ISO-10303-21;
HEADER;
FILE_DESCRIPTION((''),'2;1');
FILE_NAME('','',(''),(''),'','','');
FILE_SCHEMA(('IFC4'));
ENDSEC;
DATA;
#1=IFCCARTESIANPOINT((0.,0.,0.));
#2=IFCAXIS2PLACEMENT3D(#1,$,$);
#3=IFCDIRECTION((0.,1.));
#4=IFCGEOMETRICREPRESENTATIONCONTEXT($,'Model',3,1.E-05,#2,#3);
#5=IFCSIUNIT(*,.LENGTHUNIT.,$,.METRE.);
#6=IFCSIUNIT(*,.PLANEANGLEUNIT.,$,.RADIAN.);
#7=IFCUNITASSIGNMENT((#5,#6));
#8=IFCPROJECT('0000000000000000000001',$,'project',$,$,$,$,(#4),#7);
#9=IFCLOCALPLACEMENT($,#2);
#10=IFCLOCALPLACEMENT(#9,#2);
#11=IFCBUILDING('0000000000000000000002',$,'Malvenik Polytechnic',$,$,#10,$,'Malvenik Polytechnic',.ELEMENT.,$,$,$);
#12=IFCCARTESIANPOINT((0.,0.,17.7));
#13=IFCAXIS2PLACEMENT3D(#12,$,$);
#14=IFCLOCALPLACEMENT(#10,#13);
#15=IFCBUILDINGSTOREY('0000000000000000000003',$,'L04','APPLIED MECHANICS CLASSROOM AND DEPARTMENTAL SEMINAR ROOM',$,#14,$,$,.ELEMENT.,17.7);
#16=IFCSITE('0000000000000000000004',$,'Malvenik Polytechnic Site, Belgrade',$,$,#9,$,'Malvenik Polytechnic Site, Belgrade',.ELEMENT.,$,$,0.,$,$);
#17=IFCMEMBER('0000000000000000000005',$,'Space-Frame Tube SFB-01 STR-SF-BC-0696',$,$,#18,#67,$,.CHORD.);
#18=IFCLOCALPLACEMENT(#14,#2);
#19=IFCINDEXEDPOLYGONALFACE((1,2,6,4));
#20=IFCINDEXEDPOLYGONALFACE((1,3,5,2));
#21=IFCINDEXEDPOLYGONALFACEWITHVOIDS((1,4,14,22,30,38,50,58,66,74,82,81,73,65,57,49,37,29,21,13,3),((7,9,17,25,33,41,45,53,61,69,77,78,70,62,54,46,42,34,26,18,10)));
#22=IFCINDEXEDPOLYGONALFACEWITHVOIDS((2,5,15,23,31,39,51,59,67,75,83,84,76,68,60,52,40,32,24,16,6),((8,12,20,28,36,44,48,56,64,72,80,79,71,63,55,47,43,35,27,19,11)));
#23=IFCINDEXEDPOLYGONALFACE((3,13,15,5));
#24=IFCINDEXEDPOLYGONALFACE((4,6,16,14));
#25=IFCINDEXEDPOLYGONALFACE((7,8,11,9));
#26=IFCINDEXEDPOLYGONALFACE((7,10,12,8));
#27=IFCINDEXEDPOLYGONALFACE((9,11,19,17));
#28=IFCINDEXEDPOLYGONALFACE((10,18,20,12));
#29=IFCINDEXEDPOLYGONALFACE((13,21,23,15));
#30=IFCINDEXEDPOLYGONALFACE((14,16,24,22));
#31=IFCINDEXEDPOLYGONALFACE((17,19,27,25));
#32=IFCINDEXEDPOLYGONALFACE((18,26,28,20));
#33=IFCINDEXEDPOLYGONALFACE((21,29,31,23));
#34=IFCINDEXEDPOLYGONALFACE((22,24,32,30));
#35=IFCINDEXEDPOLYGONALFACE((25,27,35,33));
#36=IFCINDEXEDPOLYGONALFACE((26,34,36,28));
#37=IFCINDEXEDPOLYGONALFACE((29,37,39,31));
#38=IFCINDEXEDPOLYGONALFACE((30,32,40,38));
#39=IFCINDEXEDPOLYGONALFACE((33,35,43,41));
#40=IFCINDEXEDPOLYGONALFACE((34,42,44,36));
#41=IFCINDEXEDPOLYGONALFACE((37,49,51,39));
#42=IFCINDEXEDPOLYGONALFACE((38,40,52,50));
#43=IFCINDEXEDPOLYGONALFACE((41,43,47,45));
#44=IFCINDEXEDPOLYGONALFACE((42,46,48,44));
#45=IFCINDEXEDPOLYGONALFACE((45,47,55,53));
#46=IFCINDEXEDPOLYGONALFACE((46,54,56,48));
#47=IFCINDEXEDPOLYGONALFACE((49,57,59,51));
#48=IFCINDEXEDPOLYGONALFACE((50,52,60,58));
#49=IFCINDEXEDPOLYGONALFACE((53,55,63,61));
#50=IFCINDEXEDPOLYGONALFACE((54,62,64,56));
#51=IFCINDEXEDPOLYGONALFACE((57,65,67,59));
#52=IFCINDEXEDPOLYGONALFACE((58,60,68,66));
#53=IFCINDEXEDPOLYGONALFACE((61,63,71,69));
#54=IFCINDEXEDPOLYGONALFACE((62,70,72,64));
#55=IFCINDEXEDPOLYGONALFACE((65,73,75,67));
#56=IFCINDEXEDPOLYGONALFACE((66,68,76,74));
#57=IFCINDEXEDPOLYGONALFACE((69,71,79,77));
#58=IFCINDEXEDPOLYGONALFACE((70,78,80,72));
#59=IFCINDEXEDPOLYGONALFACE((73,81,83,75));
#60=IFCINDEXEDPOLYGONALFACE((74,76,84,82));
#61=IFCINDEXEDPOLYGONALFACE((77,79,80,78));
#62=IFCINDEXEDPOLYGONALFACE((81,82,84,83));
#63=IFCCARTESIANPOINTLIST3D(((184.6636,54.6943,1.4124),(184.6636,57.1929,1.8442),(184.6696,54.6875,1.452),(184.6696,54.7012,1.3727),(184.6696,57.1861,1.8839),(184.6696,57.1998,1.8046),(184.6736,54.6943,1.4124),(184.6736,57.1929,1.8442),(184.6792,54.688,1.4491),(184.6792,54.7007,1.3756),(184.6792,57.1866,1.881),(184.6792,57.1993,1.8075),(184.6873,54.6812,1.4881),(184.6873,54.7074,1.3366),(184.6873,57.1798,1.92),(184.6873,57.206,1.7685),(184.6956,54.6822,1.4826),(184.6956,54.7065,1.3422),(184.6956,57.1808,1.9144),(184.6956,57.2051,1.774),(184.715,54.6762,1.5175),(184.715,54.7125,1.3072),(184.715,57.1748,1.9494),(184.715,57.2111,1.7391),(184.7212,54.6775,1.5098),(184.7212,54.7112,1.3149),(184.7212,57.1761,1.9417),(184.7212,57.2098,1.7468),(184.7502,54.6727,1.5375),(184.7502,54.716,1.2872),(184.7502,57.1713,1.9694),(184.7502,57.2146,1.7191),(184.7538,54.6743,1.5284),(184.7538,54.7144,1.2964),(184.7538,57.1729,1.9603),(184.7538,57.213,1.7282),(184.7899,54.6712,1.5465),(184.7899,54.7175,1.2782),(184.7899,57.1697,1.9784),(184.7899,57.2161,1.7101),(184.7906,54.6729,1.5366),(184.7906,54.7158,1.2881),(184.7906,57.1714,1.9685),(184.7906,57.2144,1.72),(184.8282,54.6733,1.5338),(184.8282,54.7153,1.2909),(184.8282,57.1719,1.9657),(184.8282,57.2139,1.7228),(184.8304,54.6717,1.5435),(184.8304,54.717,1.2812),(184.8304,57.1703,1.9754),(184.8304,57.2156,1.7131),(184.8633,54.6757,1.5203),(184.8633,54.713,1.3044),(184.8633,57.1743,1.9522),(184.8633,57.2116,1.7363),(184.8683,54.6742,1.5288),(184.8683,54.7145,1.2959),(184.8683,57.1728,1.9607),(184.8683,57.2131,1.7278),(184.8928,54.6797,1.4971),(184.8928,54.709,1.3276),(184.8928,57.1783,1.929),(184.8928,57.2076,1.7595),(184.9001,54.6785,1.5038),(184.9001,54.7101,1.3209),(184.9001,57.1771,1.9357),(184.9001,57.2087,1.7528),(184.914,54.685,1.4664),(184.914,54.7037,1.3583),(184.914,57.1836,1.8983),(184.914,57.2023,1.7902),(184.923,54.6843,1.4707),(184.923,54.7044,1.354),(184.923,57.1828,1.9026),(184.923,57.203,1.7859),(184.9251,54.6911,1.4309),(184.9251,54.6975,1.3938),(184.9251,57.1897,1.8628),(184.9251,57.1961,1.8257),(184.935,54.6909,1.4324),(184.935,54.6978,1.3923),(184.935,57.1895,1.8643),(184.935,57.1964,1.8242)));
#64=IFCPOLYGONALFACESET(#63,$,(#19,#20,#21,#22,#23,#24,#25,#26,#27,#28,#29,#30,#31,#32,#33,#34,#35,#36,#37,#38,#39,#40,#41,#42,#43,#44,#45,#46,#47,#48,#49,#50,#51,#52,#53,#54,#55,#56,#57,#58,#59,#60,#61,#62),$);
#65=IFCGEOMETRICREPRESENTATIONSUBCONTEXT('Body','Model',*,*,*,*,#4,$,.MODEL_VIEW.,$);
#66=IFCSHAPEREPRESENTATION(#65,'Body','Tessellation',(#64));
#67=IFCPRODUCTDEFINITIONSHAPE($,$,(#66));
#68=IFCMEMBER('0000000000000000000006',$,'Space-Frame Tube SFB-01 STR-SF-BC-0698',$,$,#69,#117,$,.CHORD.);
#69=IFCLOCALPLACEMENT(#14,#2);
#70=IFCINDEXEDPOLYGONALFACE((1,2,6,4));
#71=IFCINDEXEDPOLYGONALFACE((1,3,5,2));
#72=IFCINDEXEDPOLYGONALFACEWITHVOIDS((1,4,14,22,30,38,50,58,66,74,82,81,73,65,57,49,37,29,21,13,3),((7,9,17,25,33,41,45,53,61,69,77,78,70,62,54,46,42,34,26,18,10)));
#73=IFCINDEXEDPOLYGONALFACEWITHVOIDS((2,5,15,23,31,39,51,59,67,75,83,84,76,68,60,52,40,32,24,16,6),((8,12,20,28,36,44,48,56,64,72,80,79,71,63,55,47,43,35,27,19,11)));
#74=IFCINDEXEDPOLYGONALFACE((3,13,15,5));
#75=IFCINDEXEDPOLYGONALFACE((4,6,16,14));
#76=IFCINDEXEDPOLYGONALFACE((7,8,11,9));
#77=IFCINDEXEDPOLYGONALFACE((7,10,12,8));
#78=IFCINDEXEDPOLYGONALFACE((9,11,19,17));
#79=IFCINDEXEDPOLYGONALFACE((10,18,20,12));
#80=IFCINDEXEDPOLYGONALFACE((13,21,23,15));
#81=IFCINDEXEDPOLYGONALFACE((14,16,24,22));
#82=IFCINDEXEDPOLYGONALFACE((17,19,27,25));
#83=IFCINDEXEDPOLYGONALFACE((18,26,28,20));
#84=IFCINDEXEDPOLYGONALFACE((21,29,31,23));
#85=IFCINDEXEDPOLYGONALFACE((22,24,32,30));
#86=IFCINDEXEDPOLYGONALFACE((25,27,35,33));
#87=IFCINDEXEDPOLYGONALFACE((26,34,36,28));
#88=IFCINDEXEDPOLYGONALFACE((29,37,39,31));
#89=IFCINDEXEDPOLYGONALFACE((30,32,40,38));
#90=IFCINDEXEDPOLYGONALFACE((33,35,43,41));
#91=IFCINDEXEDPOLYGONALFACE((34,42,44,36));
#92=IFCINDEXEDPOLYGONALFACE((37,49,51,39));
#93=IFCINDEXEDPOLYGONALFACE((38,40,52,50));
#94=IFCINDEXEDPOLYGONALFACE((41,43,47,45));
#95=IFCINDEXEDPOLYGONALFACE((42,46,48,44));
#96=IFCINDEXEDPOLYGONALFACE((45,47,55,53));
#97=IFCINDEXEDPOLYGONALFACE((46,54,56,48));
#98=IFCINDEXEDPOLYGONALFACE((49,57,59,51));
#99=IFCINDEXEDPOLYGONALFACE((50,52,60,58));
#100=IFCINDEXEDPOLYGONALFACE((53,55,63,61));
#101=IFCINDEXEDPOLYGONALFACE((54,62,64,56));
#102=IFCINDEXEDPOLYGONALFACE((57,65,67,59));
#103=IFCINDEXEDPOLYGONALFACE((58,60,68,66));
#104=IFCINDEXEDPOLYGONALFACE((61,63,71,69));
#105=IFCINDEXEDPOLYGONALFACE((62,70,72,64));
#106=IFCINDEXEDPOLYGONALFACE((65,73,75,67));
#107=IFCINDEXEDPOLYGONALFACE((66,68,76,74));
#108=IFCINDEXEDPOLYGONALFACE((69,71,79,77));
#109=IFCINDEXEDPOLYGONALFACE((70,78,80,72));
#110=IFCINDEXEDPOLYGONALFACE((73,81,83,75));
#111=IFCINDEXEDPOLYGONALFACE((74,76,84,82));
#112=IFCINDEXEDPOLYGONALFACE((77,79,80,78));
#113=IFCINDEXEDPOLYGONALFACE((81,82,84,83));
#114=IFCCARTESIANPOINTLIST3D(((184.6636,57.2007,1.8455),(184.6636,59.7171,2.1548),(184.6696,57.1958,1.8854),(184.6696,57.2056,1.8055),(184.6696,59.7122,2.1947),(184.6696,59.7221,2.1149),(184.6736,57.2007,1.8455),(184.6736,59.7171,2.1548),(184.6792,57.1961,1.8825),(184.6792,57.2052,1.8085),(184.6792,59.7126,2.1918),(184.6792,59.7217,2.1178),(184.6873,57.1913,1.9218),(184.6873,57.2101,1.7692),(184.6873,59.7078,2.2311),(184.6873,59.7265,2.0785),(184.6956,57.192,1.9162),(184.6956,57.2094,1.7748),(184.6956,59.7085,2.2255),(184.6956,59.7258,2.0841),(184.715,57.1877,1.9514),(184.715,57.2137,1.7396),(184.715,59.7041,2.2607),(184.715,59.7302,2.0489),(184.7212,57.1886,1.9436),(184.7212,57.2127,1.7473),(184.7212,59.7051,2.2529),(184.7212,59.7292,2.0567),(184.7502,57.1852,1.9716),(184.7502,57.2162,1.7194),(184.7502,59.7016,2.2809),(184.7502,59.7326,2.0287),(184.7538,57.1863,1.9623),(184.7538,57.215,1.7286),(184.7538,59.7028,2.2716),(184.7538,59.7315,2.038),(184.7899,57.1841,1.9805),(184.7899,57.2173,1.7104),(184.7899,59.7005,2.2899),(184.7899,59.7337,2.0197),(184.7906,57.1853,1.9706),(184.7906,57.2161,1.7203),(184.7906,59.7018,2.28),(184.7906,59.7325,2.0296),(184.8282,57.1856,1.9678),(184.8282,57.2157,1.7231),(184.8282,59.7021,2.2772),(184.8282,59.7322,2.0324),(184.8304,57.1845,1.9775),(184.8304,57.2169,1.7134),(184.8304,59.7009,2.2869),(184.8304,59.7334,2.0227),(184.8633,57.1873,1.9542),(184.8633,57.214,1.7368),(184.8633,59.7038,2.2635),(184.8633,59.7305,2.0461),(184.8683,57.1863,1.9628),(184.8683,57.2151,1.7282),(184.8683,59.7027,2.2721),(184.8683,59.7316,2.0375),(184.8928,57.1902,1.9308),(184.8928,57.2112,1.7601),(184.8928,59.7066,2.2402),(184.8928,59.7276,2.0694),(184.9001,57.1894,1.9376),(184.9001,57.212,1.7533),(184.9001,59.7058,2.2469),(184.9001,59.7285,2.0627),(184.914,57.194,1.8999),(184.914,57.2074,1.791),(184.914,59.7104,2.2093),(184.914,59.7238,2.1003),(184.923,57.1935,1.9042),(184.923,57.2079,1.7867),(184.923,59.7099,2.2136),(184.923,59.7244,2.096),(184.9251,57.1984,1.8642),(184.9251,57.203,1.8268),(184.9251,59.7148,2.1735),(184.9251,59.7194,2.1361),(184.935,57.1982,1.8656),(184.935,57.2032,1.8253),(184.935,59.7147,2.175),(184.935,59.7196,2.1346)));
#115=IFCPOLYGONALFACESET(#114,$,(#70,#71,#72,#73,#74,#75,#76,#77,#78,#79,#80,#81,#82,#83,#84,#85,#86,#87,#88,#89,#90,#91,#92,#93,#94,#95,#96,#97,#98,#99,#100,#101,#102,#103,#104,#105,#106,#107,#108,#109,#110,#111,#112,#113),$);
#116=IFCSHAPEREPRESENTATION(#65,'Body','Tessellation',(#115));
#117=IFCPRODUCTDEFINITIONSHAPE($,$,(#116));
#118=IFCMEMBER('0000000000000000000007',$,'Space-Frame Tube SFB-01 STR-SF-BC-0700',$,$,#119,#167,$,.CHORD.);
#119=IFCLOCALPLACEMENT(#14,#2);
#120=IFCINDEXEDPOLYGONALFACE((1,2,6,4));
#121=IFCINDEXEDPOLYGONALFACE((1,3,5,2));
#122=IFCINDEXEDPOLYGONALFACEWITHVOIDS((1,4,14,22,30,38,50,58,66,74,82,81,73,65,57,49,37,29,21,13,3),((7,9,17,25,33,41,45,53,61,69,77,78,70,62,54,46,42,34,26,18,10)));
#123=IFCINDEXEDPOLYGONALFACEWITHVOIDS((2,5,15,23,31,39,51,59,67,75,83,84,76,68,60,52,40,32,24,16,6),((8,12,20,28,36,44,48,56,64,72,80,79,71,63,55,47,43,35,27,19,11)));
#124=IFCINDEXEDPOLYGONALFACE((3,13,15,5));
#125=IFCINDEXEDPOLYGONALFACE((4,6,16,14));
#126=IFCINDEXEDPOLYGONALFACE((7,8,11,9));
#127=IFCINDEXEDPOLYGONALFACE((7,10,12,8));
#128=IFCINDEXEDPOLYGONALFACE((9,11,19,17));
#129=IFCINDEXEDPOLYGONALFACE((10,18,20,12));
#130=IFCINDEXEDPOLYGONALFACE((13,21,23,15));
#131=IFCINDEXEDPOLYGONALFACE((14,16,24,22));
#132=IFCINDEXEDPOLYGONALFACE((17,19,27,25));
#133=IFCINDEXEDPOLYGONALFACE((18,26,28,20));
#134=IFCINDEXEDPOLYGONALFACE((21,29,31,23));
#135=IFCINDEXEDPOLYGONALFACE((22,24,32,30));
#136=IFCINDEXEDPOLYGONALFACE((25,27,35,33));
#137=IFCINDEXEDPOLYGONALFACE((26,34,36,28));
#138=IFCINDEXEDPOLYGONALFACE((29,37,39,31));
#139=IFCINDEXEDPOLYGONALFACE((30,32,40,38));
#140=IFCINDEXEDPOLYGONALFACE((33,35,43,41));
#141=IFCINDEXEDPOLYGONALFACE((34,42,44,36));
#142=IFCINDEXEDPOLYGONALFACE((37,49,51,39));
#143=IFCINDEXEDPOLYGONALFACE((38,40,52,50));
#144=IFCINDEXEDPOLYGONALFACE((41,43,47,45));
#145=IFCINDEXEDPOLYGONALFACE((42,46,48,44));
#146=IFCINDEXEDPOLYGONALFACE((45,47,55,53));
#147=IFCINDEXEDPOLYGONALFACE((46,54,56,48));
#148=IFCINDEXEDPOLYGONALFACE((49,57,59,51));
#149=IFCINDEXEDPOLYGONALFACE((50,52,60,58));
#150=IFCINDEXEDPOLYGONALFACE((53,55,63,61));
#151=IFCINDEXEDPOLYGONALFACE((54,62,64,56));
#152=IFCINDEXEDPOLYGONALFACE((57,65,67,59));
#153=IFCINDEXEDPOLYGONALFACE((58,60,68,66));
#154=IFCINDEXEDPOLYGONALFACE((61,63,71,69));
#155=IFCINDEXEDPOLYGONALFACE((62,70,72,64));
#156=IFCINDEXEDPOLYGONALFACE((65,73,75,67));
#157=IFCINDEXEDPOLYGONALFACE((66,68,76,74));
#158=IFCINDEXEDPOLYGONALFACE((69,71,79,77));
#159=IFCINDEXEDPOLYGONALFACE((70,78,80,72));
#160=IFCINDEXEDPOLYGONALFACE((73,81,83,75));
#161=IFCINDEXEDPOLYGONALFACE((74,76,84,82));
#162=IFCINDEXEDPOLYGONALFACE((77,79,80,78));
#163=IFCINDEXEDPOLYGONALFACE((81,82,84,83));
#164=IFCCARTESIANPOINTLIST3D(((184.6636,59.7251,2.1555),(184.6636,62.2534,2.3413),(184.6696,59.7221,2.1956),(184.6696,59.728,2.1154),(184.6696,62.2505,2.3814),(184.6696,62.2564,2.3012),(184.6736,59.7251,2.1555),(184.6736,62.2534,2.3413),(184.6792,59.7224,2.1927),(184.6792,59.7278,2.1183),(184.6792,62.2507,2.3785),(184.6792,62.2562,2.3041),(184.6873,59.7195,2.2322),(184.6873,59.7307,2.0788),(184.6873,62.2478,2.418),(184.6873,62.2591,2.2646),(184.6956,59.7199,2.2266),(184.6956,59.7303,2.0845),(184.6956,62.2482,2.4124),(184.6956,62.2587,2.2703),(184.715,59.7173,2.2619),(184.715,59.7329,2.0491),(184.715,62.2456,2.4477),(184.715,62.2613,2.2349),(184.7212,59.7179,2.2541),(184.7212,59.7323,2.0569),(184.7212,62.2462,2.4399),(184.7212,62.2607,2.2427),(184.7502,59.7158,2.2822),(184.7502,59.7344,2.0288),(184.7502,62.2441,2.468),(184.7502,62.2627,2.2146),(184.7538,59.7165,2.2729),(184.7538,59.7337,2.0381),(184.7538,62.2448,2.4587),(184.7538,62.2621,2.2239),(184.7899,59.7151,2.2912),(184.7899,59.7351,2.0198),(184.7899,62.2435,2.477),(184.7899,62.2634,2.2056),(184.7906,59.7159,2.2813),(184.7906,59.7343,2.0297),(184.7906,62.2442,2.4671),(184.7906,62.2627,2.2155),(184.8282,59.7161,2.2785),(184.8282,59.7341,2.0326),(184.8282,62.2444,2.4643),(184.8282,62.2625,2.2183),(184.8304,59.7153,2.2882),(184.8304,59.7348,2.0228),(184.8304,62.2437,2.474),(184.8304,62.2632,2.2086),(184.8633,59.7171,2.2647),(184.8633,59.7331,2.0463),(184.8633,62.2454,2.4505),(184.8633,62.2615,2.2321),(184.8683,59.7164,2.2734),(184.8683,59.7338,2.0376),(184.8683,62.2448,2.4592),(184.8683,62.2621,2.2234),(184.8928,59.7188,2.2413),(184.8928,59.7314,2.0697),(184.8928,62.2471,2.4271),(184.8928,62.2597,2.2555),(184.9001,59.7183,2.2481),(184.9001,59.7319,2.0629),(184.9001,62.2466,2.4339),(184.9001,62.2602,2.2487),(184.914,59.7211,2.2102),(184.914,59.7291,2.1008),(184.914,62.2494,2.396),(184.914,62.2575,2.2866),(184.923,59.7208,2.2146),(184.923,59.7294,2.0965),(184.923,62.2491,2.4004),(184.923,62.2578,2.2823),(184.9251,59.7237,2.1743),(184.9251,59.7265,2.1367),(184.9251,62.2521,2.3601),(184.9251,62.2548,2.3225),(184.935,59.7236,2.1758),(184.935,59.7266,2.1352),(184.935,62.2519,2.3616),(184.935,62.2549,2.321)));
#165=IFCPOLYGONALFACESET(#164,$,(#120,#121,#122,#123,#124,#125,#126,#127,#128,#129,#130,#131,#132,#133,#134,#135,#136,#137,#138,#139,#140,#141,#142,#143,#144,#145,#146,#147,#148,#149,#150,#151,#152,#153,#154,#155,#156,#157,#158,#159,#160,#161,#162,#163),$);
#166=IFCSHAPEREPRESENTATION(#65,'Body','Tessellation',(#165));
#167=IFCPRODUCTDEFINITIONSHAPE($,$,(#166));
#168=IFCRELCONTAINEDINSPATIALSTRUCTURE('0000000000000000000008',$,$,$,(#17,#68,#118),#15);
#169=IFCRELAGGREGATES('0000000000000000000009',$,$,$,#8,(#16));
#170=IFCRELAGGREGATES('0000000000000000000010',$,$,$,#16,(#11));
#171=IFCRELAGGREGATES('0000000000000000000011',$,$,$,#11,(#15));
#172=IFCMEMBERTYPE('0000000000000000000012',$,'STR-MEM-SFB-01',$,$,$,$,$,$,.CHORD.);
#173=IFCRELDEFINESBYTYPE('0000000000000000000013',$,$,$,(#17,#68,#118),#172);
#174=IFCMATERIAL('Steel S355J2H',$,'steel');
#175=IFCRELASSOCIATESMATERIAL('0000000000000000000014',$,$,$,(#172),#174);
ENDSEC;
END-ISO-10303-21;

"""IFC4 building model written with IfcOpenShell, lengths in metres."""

from ifc_helpers import new_model, si_unit, direction, frame, origin, origin_2d, place, context, subcontext, project, spatial, hollow_circle, extrude, material, material_profile, profile_set, type_object, element, save


model = new_model("IFC4")

# Units and contexts
model_context = context("Model", 3, precision=1e-05, world=origin(), true_north=direction((0.0, 1.0)))
body_context = subcontext(model_context, "Body", "Model", "MODEL_VIEW")
ifc_project = project(units=[si_unit("LENGTHUNIT", "METRE"), si_unit("PLANEANGLEUNIT", "RADIAN")], contexts=[model_context])

# Site, building, storey
site_placement = place(None, origin())
site = spatial("IfcSite", under=ifc_project, at=site_placement, Name="Malvenik Polytechnic Site, Belgrade", LongName="Malvenik Polytechnic Site, Belgrade", CompositionType="ELEMENT", RefElevation=0.0)
building_placement = place(site_placement, origin())
building = spatial("IfcBuilding", under=site, at=building_placement, Name="Malvenik Polytechnic", LongName="Malvenik Polytechnic", CompositionType="ELEMENT")
storey_placement = place(building_placement, frame((0.0, 0.0, 17.7)))
storey = spatial("IfcBuildingStorey", under=building, at=storey_placement, Name="L04", Description="APPLIED MECHANICS CLASSROOM AND DEPARTMENTAL SEMINAR ROOM", CompositionType="ELEMENT", Elevation=17.7)

# Members
ifc_material_1 = material(Name="Steel S355J2H", Category="steel")
ifc_material_profile_1 = material_profile(ifc_material_1, hollow_circle(Radius=0.1365, WallThickness=0.01, at=origin_2d()), Name="CHS 273.0x10.0")
ifc_profile_set_1 = profile_set([ifc_material_profile_1], Name="Steel S355J2H")
member_type_1 = type_object("IfcMemberType", Name="STR-MEM-SFB-01", PredefinedType="CHORD", material=ifc_profile_set_1)
member_1_placement = place(storey_placement, frame((184.8, 54.6943, 1.4124), z_axis=(0.0, 0.985387, 0.170329), x_axis=(-1.0, 0.0, 0.0)))
element("IfcMember", 1, at=member_1_placement, inside=storey, type_object=member_type_1, Name="Space-Frame Tube SFB-01 STR-SF-BC-0696", PredefinedType="CHORD", context=body_context, shape_type="SweptSolid", body=[
    extrude(hollow_circle(Radius=0.1365, WallThickness=0.01, at=origin_2d()), origin(), (0.0, 0.0, 1.0), 2.5356),
])
member_2_placement = place(storey_placement, frame((184.8, 57.2007, 1.8455), z_axis=(0.0, 0.992529, 0.122008), x_axis=(-1.0, 0.0, 0.0)))
element("IfcMember", 2, at=member_2_placement, inside=storey, type_object=member_type_1, Name="Space-Frame Tube SFB-01 STR-SF-BC-0698", PredefinedType="CHORD", context=body_context, shape_type="SweptSolid", body=[
    extrude(hollow_circle(Radius=0.1365, WallThickness=0.01, at=origin_2d()), origin(), (0.0, 0.0, 1.0), 2.5354),
])
for number, where, z_axis, x_axis, name in (
    (3, (184.8, 59.7251, 2.1555), (0.0, 0.997311, 0.073286), (-1.0, 0.0, 0.0), "Space-Frame Tube SFB-01 STR-SF-BC-0700"),
):
    element("IfcMember", number, at=place(storey_placement, frame(where, z_axis=z_axis, x_axis=x_axis)), inside=storey, type_object=member_type_1, Name=name, PredefinedType="CHORD", context=body_context, shape_type="SweptSolid", body=[
        extrude(hollow_circle(Radius=0.1365, WallThickness=0.01, at=origin_2d()), origin(), (0.0, 0.0, 1.0), 2.5352),
    ])

save(model, "model.ifc")
